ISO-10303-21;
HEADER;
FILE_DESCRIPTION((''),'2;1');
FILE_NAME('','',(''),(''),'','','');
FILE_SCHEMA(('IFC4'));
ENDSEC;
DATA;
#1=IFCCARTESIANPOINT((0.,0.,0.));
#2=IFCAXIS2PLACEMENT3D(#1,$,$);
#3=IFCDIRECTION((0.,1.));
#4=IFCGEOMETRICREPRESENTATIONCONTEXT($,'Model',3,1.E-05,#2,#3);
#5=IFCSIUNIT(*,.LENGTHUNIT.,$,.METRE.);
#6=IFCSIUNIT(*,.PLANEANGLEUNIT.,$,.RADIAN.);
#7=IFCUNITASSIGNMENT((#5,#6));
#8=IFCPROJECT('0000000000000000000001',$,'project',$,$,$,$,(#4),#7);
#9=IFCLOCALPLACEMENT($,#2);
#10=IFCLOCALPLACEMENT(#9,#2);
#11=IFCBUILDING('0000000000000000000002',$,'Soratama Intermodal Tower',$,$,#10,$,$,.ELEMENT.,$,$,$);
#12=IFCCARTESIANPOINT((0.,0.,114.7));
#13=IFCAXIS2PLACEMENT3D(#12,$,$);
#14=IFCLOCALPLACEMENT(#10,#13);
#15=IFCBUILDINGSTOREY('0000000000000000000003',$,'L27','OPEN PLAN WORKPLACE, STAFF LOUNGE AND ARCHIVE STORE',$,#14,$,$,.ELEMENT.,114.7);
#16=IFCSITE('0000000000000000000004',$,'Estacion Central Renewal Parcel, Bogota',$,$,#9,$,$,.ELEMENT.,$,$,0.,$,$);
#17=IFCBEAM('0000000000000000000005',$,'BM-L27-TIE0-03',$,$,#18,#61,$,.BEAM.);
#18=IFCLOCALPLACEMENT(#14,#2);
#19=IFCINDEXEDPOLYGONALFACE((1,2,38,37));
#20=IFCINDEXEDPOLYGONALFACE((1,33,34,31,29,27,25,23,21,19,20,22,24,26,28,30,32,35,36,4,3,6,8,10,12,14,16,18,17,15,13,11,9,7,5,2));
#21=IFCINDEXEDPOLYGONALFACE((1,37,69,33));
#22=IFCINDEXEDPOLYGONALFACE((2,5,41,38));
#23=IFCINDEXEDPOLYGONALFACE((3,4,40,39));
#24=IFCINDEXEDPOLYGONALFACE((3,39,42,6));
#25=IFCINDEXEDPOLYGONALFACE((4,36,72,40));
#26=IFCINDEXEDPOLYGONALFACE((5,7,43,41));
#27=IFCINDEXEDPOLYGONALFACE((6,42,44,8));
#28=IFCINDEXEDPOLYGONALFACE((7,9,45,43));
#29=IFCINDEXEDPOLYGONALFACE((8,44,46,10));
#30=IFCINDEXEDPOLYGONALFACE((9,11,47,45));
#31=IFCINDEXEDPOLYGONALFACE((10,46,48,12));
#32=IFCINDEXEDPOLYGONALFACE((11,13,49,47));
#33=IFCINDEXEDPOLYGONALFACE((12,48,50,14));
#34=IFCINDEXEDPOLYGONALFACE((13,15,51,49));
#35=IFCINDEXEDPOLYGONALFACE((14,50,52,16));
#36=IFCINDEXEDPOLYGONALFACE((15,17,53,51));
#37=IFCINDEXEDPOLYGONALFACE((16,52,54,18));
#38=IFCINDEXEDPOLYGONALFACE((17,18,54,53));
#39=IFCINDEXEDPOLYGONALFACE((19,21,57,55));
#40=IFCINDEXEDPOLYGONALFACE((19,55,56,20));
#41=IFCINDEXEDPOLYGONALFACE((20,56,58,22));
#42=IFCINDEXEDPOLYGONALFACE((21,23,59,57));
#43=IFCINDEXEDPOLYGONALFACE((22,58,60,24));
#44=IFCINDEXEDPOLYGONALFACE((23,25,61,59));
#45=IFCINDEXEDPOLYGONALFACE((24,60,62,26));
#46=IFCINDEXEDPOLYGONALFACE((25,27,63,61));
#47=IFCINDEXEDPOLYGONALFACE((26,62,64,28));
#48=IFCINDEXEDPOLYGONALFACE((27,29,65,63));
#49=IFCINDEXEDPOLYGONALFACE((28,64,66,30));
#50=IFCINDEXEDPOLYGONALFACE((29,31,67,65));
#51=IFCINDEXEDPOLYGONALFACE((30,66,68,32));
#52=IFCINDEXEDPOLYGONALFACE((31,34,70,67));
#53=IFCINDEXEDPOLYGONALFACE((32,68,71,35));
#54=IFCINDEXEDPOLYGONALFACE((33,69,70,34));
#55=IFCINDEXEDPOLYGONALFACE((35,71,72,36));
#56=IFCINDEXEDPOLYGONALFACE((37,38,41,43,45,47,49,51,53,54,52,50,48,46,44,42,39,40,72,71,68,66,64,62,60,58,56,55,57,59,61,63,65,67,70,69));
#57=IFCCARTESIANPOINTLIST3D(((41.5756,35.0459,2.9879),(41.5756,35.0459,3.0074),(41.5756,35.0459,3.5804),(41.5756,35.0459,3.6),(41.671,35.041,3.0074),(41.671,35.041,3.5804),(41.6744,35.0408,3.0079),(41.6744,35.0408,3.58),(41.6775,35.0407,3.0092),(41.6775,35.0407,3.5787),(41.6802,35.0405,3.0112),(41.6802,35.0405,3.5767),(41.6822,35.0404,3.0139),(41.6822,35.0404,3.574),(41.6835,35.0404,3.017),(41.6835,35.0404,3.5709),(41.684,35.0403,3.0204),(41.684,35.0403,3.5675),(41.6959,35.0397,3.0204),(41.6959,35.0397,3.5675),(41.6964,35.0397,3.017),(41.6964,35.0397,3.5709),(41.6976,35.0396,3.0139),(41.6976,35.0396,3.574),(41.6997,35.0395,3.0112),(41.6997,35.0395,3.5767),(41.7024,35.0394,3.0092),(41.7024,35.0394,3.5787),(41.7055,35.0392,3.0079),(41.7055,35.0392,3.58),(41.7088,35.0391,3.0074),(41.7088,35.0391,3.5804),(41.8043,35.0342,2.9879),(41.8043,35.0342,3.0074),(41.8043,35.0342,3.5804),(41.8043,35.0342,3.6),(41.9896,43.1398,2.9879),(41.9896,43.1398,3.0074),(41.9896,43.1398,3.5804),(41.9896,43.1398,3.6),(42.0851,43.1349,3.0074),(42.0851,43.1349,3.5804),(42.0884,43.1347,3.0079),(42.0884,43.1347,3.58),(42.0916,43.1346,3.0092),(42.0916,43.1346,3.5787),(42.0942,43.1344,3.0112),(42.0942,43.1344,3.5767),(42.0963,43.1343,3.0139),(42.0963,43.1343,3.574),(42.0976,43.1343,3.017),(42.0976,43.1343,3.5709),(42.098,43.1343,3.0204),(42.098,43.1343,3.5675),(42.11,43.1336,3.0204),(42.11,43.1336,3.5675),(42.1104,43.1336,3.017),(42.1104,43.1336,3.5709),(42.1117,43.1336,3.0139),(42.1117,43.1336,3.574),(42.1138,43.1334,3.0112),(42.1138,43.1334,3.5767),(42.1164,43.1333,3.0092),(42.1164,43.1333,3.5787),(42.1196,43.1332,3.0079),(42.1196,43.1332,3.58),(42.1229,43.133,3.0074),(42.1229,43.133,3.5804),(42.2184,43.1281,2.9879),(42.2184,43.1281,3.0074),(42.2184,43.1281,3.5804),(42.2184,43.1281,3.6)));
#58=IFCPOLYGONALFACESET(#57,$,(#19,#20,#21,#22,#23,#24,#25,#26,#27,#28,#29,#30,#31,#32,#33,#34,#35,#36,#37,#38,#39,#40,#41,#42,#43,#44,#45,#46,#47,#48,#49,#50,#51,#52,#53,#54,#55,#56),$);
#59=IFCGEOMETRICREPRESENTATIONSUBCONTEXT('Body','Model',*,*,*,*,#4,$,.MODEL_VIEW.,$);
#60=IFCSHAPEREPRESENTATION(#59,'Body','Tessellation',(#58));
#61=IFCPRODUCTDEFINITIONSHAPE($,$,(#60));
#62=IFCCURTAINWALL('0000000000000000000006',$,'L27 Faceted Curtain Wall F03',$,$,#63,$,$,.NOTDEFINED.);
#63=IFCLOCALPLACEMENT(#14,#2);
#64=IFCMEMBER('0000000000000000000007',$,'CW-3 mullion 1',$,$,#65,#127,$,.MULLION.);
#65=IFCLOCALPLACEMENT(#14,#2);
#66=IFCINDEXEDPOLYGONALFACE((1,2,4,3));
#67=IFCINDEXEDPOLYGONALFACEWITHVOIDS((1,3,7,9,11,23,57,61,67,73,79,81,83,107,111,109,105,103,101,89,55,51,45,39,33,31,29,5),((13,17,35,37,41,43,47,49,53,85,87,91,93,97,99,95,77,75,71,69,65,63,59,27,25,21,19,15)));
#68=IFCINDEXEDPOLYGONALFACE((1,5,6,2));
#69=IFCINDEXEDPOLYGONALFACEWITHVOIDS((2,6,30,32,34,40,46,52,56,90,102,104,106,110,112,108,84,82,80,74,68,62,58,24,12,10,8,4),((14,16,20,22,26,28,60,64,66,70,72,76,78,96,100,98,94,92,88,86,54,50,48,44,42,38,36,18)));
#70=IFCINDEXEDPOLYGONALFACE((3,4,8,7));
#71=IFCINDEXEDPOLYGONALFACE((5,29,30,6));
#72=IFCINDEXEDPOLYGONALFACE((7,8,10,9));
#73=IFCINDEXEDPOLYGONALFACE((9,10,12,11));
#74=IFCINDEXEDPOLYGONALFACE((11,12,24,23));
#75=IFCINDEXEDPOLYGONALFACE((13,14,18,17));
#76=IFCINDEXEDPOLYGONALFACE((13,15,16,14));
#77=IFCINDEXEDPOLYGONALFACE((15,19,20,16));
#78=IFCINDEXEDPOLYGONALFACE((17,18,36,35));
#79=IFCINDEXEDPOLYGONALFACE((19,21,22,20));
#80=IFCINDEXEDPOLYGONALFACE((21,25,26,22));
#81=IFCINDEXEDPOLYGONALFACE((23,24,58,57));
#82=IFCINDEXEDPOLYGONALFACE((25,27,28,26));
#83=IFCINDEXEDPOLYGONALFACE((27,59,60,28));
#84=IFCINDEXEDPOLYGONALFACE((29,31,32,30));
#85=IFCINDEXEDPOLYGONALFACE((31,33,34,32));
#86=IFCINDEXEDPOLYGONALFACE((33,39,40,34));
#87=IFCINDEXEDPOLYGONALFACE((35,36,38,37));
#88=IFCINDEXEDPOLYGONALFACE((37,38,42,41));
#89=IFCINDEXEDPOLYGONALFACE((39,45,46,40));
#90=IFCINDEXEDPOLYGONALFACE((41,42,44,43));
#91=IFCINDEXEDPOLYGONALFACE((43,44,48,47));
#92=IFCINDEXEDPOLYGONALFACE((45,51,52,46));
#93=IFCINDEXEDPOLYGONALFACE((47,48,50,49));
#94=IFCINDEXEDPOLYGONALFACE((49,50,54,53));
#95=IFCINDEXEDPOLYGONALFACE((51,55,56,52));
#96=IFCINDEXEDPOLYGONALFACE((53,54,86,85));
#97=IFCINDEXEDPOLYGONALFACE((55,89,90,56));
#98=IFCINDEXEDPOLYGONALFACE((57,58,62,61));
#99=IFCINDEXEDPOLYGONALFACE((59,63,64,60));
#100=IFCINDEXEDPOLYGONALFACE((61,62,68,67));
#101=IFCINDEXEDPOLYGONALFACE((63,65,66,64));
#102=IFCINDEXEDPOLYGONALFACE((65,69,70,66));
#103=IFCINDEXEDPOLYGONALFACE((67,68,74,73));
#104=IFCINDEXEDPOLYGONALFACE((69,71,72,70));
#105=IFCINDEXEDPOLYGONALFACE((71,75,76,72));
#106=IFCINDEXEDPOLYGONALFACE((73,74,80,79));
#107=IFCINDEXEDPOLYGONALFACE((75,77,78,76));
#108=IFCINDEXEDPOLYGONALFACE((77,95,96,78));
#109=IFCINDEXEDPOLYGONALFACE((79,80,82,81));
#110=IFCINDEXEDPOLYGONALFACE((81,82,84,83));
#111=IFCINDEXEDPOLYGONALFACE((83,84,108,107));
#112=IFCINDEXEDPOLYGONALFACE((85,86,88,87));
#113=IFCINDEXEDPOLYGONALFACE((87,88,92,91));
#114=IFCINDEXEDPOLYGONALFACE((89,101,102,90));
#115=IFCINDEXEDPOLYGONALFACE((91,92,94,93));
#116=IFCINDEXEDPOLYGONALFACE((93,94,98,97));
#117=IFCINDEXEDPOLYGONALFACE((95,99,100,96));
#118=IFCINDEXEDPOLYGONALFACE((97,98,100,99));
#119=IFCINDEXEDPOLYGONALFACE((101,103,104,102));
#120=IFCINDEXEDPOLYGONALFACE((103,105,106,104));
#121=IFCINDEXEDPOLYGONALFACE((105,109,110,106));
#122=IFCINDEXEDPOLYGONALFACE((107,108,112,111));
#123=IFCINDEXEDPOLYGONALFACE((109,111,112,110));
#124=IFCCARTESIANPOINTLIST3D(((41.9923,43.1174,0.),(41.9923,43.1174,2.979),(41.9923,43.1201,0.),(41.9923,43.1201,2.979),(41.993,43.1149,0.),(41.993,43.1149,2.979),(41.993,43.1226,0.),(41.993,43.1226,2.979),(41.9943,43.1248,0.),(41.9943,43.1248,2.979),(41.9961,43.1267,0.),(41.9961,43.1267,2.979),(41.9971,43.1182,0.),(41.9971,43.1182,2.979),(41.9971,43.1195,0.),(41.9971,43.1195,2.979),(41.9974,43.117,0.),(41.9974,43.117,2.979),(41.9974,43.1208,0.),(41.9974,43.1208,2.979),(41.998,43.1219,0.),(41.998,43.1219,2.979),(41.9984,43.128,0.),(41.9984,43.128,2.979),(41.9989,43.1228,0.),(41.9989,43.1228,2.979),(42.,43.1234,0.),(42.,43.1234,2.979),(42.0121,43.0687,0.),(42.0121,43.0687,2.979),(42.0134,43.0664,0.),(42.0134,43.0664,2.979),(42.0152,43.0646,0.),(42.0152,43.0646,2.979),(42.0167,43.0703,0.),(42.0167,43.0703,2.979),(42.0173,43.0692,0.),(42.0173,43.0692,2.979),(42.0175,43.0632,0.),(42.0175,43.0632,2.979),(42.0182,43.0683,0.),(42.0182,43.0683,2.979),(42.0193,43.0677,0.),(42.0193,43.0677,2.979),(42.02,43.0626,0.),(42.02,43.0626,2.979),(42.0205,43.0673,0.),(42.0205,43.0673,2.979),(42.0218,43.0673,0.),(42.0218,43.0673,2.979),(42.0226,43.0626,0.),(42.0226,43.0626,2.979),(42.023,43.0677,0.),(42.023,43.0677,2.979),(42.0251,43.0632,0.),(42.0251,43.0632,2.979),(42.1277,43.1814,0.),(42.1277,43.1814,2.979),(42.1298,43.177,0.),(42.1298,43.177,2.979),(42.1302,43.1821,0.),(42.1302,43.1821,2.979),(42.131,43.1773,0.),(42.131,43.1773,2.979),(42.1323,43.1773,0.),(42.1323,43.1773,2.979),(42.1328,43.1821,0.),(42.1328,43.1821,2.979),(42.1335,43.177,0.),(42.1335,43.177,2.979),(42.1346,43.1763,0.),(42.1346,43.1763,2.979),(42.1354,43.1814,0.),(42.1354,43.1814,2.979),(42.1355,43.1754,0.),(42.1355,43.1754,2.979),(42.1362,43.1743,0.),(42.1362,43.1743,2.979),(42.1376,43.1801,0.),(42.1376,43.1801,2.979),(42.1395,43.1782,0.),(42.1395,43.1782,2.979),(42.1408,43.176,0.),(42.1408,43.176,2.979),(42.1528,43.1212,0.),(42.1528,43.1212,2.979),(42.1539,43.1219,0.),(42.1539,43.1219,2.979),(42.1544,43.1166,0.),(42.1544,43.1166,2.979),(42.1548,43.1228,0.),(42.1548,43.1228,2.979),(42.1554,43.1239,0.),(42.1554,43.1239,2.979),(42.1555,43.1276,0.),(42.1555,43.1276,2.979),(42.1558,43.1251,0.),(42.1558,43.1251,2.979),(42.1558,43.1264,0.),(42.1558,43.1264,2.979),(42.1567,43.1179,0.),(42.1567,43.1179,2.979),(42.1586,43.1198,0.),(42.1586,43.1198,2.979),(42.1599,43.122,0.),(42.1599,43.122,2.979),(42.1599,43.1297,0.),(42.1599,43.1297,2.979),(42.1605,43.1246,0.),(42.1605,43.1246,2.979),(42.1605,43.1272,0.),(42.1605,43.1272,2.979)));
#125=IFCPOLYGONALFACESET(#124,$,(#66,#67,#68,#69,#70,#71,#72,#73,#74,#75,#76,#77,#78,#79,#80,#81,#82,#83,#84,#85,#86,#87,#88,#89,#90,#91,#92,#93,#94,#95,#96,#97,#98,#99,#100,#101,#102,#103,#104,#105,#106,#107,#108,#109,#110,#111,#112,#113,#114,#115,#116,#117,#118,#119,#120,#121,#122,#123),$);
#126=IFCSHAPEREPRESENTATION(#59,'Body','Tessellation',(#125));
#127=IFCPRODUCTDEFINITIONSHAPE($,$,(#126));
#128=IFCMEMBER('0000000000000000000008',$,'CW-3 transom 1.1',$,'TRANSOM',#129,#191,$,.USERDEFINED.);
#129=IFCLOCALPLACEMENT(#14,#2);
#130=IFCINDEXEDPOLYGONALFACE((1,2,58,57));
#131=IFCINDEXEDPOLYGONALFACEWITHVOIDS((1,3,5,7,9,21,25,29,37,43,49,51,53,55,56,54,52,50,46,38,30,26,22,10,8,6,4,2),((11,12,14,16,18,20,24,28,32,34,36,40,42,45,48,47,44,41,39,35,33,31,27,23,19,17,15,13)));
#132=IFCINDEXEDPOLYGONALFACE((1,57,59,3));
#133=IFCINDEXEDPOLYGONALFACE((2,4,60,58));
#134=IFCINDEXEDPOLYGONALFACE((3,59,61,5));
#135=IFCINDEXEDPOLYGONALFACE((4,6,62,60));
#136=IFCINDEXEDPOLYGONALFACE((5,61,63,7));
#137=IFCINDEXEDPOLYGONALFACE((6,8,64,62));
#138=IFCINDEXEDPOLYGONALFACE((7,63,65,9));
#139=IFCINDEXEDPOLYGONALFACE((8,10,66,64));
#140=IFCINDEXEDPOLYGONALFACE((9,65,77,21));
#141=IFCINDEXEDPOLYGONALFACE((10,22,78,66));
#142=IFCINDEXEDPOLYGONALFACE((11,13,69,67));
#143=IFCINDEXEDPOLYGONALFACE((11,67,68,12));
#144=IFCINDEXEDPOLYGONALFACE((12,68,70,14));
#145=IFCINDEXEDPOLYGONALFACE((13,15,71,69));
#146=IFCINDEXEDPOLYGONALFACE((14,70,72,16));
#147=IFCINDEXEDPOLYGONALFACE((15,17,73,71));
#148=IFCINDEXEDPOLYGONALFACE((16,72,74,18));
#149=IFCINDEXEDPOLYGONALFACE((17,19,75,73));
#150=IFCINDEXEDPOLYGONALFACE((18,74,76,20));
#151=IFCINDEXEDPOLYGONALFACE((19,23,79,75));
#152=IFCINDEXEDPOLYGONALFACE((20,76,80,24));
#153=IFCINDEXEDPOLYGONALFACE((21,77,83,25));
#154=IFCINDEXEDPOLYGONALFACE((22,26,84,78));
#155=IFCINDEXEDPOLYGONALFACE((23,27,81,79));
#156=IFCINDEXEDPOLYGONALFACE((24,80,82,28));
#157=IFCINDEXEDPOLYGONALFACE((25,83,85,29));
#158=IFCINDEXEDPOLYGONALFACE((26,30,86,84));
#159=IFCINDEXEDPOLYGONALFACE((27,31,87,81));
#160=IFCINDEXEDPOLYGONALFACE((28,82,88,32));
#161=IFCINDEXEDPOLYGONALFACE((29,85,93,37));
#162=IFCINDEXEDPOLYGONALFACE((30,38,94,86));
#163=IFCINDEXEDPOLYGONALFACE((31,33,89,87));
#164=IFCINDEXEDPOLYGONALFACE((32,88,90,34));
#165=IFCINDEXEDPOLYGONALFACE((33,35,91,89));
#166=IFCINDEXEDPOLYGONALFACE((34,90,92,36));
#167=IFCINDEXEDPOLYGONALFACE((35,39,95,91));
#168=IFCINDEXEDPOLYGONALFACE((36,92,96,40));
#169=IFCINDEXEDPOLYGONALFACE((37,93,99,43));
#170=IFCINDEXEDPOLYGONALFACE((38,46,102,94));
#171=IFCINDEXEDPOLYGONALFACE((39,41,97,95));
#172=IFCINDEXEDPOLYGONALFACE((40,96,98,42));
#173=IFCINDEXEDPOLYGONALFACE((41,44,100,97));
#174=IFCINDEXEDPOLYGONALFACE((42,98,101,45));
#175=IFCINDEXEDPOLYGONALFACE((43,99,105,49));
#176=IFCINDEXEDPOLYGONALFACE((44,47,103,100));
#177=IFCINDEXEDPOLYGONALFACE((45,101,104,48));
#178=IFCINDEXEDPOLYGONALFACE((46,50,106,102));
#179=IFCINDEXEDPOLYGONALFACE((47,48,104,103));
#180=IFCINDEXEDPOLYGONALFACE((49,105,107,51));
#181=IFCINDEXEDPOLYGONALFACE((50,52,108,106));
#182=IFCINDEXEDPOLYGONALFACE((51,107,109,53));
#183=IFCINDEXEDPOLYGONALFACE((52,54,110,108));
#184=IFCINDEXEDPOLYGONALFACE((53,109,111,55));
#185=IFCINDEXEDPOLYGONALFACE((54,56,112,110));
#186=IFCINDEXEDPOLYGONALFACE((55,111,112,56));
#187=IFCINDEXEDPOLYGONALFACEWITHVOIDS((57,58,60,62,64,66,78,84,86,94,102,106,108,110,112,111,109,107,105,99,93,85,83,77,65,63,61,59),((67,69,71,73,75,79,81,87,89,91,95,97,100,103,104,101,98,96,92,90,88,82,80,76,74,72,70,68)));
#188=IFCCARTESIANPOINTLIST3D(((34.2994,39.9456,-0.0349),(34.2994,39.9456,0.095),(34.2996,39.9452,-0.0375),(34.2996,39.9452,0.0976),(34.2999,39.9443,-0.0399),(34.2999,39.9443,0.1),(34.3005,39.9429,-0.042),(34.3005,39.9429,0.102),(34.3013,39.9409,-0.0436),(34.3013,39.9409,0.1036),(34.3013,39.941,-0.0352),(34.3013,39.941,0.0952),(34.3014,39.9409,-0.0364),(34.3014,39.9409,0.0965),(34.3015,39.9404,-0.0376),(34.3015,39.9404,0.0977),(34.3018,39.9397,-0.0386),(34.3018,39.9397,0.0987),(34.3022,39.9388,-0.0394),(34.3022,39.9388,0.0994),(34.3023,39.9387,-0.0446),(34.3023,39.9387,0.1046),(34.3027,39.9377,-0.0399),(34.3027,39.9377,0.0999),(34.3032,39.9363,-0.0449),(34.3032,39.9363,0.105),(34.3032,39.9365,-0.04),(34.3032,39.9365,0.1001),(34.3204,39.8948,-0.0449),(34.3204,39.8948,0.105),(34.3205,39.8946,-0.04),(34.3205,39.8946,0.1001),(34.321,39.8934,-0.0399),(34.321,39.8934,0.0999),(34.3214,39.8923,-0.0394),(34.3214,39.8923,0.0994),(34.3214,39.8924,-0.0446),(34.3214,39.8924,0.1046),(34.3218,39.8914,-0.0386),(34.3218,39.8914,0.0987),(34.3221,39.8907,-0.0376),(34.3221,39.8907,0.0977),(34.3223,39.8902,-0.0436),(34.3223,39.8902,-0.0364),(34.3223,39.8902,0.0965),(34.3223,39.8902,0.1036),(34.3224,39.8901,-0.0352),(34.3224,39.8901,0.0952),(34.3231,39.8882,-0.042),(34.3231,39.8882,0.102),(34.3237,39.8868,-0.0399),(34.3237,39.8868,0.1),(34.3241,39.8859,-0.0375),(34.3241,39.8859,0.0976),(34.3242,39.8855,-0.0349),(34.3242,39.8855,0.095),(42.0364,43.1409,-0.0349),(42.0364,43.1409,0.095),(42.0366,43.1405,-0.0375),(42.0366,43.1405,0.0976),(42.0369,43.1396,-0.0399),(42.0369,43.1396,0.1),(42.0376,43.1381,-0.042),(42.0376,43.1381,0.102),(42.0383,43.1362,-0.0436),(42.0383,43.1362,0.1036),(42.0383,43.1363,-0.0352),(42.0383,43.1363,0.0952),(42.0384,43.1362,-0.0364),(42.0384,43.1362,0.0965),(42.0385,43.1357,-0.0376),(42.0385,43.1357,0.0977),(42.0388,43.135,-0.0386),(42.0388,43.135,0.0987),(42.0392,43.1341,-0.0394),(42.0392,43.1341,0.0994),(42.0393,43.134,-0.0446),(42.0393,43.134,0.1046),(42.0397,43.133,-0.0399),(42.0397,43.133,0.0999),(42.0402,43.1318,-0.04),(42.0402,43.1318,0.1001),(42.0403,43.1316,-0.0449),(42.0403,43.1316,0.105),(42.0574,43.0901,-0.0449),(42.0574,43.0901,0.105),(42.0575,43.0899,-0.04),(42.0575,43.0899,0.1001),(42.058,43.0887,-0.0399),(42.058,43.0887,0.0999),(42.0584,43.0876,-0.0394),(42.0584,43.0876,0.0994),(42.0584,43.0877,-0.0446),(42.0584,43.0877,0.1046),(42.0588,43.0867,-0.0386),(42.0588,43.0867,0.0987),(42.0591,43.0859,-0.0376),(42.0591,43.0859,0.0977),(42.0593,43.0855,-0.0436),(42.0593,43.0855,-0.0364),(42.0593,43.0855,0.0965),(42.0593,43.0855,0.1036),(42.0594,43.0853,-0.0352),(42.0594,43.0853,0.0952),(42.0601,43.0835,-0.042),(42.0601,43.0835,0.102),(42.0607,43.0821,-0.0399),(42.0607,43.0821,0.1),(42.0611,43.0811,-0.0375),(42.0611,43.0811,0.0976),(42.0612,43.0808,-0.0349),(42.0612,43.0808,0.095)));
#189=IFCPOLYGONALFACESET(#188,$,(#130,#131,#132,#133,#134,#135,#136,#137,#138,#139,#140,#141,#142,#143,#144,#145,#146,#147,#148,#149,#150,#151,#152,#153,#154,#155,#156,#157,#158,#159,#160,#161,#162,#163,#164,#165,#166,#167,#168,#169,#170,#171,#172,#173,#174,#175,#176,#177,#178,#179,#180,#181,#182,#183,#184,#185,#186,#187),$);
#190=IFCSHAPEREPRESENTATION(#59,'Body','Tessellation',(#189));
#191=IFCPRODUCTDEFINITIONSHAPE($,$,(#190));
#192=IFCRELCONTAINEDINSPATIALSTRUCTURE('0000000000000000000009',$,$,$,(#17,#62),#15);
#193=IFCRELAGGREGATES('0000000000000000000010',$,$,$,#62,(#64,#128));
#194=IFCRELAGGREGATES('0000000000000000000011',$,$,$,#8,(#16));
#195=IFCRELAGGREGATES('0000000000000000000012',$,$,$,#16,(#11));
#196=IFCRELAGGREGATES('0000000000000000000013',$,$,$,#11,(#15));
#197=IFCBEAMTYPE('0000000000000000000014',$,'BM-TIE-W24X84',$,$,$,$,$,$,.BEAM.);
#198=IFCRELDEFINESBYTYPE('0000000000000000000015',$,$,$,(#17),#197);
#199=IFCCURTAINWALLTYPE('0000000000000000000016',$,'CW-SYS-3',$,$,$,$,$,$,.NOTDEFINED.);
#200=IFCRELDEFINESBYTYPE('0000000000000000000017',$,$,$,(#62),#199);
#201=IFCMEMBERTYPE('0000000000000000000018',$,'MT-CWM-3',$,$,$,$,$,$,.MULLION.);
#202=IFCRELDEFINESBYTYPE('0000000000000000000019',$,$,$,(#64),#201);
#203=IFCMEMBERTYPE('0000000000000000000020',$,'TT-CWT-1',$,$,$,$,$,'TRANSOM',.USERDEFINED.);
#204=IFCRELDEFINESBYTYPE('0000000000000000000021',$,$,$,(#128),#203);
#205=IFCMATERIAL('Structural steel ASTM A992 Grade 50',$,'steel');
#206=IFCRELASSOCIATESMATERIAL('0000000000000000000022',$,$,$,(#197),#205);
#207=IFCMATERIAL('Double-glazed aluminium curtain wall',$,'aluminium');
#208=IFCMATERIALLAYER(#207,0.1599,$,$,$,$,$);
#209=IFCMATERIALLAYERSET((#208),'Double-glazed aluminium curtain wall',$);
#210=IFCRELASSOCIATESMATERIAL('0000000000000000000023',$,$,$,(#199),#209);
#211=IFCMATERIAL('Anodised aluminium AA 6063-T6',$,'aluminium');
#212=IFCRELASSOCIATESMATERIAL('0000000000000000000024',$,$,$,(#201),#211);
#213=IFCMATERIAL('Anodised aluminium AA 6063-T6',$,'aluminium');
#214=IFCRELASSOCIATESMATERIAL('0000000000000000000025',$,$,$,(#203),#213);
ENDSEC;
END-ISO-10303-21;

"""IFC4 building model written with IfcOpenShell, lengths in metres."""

from ifc_helpers import new_model, si_unit, direction, frame, origin, origin_2d, place, context, subcontext, project, spatial, hollow_rectangle, i_section, extrude, material, layer, layer_set, material_profile, profile_set, type_object, element, aggregate, save


model = new_model("IFC4")

# Units and contexts
model_context = context("Model", 3, precision=1e-05, world=origin(), true_north=direction((0.0, 1.0)))
body_context = subcontext(model_context, "Body", "Model", "MODEL_VIEW")
ifc_project = project(units=[si_unit("LENGTHUNIT", "METRE"), si_unit("PLANEANGLEUNIT", "RADIAN")], contexts=[model_context])

# Site, building, storey
site_placement = place(None, origin())
site = spatial("IfcSite", under=ifc_project, at=site_placement, Name="Estacion Central Renewal Parcel, Bogota", CompositionType="ELEMENT", RefElevation=0.0)
building_placement = place(site_placement, origin())
building = spatial("IfcBuilding", under=site, at=building_placement, Name="Soratama Intermodal Tower", CompositionType="ELEMENT")
storey_placement = place(building_placement, frame((0.0, 0.0, 114.7)))
storey = spatial("IfcBuildingStorey", under=building, at=storey_placement, Name="L27", Description="OPEN PLAN WORKPLACE, STAFF LOUNGE AND ARCHIVE STORE", CompositionType="ELEMENT", Elevation=114.7)

# Beam
ifc_material_1 = material(Name="Structural steel ASTM A992 Grade 50", Category="steel")
ifc_material_profile_1 = material_profile(ifc_material_1, i_section(OverallWidth=0.229, OverallDepth=0.6121, WebThickness=0.012, FlangeThickness=0.0195, FilletRadius=0.0129, at=origin_2d()), Name="W24X84")
ifc_profile_set_1 = profile_set([ifc_material_profile_1], Name="Structural steel ASTM A992 Grade 50")
beam_type_1 = type_object("IfcBeamType", Name="BM-TIE-W24X84", PredefinedType="BEAM", material=ifc_profile_set_1)
beam_1_placement = place(storey_placement, frame((41.6899, 35.04, 3.2939), z_axis=(0.05109, 0.998694, 0.0), x_axis=(-0.998694, 0.05109, 0.0)))
element("IfcBeam", 1, at=beam_1_placement, inside=storey, type_object=beam_type_1, Name="BM-L27-TIE0-03", PredefinedType="BEAM", context=body_context, shape_type="SweptSolid", body=[
    extrude(i_section(OverallWidth=0.229, OverallDepth=0.6121, WebThickness=0.012, FlangeThickness=0.0195, FilletRadius=0.0129, at=origin_2d()), origin(), (0.0, 0.0, 1.0), 8.1045),
])

# Curtain wall, members
ifc_material_2 = material(Name="Double-glazed aluminium curtain wall", Category="aluminium")
ifc_layer_1 = layer(ifc_material_2, 0.1599)
ifc_layer_set_1 = layer_set([ifc_layer_1], Name="Double-glazed aluminium curtain wall")
curtain_wall_type = type_object("IfcCurtainWallType", Name="CW-SYS-3", PredefinedType="NOTDEFINED", material=ifc_layer_set_1)
curtain_wall_placement = place(storey_placement, origin())
curtain_wall = element("IfcCurtainWall", 2, at=curtain_wall_placement, inside=storey, type_object=curtain_wall_type, Name="L27 Faceted Curtain Wall F03", PredefinedType="NOTDEFINED")
ifc_material_3 = material(Name="Anodised aluminium AA 6063-T6", Category="aluminium")
ifc_material_profile_2 = material_profile(ifc_material_3, hollow_rectangle(XDim=0.0701, YDim=0.1599, WallThickness=0.0049, InnerFilletRadius=0.0049, OuterFilletRadius=0.01, at=origin_2d()), Name="CWM160X70X5")
ifc_profile_set_2 = profile_set([ifc_material_profile_2], Name="Anodised aluminium AA 6063-T6")
member_type_1 = type_object("IfcMemberType", Name="MT-CWM-3", PredefinedType="MULLION", material=ifc_profile_set_2)
member_1_placement = place(storey_placement, frame((42.0764, 43.1223, 0.0), z_axis=(0.0, 0.0, 1.0), x_axis=(0.381718, -0.924279, 0.0)))
member_1 = element("IfcMember", 3, at=member_1_placement, type_object=member_type_1, Name="CW-3 mullion 1", PredefinedType="MULLION", context=body_context, shape_type="SweptSolid", body=[
    extrude(hollow_rectangle(XDim=0.0701, YDim=0.1599, WallThickness=0.0049, InnerFilletRadius=0.0049, OuterFilletRadius=0.01, at=origin_2d()), origin(), (0.0, 0.0, 1.0), 2.979),
])
ifc_material_4 = material(Name="Anodised aluminium AA 6063-T6", Category="aluminium")
ifc_material_profile_3 = material_profile(ifc_material_4, hollow_rectangle(XDim=0.0649, YDim=0.1499, WallThickness=0.0049, InnerFilletRadius=0.0049, OuterFilletRadius=0.01, at=origin_2d()), Name="CWT150X65X5")
ifc_profile_set_3 = profile_set([ifc_material_profile_3], Name="Anodised aluminium AA 6063-T6")
member_type_2 = type_object("IfcMemberType", Name="TT-CWT-1", ElementType="TRANSOM", PredefinedType="USERDEFINED", material=ifc_profile_set_3)
member_2_placement = place(storey_placement, frame((42.0488, 43.1108, 0.03), z_axis=(-0.92428, -0.381716, 0.0), x_axis=(0.381716, -0.92428, 0.0)))
member_2 = element("IfcMember", 4, at=member_2_placement, type_object=member_type_2, Name="CW-3 transom 1.1", ObjectType="TRANSOM", PredefinedType="USERDEFINED", context=body_context, shape_type="SweptSolid", body=[
    extrude(hollow_rectangle(XDim=0.0649, YDim=0.1499, WallThickness=0.0049, InnerFilletRadius=0.0049, OuterFilletRadius=0.01, at=origin_2d()), origin(), (0.0, 0.0, 1.0), 8.3708),
])
aggregate(curtain_wall, [member_1, member_2])

save(model, "model.ifc")
